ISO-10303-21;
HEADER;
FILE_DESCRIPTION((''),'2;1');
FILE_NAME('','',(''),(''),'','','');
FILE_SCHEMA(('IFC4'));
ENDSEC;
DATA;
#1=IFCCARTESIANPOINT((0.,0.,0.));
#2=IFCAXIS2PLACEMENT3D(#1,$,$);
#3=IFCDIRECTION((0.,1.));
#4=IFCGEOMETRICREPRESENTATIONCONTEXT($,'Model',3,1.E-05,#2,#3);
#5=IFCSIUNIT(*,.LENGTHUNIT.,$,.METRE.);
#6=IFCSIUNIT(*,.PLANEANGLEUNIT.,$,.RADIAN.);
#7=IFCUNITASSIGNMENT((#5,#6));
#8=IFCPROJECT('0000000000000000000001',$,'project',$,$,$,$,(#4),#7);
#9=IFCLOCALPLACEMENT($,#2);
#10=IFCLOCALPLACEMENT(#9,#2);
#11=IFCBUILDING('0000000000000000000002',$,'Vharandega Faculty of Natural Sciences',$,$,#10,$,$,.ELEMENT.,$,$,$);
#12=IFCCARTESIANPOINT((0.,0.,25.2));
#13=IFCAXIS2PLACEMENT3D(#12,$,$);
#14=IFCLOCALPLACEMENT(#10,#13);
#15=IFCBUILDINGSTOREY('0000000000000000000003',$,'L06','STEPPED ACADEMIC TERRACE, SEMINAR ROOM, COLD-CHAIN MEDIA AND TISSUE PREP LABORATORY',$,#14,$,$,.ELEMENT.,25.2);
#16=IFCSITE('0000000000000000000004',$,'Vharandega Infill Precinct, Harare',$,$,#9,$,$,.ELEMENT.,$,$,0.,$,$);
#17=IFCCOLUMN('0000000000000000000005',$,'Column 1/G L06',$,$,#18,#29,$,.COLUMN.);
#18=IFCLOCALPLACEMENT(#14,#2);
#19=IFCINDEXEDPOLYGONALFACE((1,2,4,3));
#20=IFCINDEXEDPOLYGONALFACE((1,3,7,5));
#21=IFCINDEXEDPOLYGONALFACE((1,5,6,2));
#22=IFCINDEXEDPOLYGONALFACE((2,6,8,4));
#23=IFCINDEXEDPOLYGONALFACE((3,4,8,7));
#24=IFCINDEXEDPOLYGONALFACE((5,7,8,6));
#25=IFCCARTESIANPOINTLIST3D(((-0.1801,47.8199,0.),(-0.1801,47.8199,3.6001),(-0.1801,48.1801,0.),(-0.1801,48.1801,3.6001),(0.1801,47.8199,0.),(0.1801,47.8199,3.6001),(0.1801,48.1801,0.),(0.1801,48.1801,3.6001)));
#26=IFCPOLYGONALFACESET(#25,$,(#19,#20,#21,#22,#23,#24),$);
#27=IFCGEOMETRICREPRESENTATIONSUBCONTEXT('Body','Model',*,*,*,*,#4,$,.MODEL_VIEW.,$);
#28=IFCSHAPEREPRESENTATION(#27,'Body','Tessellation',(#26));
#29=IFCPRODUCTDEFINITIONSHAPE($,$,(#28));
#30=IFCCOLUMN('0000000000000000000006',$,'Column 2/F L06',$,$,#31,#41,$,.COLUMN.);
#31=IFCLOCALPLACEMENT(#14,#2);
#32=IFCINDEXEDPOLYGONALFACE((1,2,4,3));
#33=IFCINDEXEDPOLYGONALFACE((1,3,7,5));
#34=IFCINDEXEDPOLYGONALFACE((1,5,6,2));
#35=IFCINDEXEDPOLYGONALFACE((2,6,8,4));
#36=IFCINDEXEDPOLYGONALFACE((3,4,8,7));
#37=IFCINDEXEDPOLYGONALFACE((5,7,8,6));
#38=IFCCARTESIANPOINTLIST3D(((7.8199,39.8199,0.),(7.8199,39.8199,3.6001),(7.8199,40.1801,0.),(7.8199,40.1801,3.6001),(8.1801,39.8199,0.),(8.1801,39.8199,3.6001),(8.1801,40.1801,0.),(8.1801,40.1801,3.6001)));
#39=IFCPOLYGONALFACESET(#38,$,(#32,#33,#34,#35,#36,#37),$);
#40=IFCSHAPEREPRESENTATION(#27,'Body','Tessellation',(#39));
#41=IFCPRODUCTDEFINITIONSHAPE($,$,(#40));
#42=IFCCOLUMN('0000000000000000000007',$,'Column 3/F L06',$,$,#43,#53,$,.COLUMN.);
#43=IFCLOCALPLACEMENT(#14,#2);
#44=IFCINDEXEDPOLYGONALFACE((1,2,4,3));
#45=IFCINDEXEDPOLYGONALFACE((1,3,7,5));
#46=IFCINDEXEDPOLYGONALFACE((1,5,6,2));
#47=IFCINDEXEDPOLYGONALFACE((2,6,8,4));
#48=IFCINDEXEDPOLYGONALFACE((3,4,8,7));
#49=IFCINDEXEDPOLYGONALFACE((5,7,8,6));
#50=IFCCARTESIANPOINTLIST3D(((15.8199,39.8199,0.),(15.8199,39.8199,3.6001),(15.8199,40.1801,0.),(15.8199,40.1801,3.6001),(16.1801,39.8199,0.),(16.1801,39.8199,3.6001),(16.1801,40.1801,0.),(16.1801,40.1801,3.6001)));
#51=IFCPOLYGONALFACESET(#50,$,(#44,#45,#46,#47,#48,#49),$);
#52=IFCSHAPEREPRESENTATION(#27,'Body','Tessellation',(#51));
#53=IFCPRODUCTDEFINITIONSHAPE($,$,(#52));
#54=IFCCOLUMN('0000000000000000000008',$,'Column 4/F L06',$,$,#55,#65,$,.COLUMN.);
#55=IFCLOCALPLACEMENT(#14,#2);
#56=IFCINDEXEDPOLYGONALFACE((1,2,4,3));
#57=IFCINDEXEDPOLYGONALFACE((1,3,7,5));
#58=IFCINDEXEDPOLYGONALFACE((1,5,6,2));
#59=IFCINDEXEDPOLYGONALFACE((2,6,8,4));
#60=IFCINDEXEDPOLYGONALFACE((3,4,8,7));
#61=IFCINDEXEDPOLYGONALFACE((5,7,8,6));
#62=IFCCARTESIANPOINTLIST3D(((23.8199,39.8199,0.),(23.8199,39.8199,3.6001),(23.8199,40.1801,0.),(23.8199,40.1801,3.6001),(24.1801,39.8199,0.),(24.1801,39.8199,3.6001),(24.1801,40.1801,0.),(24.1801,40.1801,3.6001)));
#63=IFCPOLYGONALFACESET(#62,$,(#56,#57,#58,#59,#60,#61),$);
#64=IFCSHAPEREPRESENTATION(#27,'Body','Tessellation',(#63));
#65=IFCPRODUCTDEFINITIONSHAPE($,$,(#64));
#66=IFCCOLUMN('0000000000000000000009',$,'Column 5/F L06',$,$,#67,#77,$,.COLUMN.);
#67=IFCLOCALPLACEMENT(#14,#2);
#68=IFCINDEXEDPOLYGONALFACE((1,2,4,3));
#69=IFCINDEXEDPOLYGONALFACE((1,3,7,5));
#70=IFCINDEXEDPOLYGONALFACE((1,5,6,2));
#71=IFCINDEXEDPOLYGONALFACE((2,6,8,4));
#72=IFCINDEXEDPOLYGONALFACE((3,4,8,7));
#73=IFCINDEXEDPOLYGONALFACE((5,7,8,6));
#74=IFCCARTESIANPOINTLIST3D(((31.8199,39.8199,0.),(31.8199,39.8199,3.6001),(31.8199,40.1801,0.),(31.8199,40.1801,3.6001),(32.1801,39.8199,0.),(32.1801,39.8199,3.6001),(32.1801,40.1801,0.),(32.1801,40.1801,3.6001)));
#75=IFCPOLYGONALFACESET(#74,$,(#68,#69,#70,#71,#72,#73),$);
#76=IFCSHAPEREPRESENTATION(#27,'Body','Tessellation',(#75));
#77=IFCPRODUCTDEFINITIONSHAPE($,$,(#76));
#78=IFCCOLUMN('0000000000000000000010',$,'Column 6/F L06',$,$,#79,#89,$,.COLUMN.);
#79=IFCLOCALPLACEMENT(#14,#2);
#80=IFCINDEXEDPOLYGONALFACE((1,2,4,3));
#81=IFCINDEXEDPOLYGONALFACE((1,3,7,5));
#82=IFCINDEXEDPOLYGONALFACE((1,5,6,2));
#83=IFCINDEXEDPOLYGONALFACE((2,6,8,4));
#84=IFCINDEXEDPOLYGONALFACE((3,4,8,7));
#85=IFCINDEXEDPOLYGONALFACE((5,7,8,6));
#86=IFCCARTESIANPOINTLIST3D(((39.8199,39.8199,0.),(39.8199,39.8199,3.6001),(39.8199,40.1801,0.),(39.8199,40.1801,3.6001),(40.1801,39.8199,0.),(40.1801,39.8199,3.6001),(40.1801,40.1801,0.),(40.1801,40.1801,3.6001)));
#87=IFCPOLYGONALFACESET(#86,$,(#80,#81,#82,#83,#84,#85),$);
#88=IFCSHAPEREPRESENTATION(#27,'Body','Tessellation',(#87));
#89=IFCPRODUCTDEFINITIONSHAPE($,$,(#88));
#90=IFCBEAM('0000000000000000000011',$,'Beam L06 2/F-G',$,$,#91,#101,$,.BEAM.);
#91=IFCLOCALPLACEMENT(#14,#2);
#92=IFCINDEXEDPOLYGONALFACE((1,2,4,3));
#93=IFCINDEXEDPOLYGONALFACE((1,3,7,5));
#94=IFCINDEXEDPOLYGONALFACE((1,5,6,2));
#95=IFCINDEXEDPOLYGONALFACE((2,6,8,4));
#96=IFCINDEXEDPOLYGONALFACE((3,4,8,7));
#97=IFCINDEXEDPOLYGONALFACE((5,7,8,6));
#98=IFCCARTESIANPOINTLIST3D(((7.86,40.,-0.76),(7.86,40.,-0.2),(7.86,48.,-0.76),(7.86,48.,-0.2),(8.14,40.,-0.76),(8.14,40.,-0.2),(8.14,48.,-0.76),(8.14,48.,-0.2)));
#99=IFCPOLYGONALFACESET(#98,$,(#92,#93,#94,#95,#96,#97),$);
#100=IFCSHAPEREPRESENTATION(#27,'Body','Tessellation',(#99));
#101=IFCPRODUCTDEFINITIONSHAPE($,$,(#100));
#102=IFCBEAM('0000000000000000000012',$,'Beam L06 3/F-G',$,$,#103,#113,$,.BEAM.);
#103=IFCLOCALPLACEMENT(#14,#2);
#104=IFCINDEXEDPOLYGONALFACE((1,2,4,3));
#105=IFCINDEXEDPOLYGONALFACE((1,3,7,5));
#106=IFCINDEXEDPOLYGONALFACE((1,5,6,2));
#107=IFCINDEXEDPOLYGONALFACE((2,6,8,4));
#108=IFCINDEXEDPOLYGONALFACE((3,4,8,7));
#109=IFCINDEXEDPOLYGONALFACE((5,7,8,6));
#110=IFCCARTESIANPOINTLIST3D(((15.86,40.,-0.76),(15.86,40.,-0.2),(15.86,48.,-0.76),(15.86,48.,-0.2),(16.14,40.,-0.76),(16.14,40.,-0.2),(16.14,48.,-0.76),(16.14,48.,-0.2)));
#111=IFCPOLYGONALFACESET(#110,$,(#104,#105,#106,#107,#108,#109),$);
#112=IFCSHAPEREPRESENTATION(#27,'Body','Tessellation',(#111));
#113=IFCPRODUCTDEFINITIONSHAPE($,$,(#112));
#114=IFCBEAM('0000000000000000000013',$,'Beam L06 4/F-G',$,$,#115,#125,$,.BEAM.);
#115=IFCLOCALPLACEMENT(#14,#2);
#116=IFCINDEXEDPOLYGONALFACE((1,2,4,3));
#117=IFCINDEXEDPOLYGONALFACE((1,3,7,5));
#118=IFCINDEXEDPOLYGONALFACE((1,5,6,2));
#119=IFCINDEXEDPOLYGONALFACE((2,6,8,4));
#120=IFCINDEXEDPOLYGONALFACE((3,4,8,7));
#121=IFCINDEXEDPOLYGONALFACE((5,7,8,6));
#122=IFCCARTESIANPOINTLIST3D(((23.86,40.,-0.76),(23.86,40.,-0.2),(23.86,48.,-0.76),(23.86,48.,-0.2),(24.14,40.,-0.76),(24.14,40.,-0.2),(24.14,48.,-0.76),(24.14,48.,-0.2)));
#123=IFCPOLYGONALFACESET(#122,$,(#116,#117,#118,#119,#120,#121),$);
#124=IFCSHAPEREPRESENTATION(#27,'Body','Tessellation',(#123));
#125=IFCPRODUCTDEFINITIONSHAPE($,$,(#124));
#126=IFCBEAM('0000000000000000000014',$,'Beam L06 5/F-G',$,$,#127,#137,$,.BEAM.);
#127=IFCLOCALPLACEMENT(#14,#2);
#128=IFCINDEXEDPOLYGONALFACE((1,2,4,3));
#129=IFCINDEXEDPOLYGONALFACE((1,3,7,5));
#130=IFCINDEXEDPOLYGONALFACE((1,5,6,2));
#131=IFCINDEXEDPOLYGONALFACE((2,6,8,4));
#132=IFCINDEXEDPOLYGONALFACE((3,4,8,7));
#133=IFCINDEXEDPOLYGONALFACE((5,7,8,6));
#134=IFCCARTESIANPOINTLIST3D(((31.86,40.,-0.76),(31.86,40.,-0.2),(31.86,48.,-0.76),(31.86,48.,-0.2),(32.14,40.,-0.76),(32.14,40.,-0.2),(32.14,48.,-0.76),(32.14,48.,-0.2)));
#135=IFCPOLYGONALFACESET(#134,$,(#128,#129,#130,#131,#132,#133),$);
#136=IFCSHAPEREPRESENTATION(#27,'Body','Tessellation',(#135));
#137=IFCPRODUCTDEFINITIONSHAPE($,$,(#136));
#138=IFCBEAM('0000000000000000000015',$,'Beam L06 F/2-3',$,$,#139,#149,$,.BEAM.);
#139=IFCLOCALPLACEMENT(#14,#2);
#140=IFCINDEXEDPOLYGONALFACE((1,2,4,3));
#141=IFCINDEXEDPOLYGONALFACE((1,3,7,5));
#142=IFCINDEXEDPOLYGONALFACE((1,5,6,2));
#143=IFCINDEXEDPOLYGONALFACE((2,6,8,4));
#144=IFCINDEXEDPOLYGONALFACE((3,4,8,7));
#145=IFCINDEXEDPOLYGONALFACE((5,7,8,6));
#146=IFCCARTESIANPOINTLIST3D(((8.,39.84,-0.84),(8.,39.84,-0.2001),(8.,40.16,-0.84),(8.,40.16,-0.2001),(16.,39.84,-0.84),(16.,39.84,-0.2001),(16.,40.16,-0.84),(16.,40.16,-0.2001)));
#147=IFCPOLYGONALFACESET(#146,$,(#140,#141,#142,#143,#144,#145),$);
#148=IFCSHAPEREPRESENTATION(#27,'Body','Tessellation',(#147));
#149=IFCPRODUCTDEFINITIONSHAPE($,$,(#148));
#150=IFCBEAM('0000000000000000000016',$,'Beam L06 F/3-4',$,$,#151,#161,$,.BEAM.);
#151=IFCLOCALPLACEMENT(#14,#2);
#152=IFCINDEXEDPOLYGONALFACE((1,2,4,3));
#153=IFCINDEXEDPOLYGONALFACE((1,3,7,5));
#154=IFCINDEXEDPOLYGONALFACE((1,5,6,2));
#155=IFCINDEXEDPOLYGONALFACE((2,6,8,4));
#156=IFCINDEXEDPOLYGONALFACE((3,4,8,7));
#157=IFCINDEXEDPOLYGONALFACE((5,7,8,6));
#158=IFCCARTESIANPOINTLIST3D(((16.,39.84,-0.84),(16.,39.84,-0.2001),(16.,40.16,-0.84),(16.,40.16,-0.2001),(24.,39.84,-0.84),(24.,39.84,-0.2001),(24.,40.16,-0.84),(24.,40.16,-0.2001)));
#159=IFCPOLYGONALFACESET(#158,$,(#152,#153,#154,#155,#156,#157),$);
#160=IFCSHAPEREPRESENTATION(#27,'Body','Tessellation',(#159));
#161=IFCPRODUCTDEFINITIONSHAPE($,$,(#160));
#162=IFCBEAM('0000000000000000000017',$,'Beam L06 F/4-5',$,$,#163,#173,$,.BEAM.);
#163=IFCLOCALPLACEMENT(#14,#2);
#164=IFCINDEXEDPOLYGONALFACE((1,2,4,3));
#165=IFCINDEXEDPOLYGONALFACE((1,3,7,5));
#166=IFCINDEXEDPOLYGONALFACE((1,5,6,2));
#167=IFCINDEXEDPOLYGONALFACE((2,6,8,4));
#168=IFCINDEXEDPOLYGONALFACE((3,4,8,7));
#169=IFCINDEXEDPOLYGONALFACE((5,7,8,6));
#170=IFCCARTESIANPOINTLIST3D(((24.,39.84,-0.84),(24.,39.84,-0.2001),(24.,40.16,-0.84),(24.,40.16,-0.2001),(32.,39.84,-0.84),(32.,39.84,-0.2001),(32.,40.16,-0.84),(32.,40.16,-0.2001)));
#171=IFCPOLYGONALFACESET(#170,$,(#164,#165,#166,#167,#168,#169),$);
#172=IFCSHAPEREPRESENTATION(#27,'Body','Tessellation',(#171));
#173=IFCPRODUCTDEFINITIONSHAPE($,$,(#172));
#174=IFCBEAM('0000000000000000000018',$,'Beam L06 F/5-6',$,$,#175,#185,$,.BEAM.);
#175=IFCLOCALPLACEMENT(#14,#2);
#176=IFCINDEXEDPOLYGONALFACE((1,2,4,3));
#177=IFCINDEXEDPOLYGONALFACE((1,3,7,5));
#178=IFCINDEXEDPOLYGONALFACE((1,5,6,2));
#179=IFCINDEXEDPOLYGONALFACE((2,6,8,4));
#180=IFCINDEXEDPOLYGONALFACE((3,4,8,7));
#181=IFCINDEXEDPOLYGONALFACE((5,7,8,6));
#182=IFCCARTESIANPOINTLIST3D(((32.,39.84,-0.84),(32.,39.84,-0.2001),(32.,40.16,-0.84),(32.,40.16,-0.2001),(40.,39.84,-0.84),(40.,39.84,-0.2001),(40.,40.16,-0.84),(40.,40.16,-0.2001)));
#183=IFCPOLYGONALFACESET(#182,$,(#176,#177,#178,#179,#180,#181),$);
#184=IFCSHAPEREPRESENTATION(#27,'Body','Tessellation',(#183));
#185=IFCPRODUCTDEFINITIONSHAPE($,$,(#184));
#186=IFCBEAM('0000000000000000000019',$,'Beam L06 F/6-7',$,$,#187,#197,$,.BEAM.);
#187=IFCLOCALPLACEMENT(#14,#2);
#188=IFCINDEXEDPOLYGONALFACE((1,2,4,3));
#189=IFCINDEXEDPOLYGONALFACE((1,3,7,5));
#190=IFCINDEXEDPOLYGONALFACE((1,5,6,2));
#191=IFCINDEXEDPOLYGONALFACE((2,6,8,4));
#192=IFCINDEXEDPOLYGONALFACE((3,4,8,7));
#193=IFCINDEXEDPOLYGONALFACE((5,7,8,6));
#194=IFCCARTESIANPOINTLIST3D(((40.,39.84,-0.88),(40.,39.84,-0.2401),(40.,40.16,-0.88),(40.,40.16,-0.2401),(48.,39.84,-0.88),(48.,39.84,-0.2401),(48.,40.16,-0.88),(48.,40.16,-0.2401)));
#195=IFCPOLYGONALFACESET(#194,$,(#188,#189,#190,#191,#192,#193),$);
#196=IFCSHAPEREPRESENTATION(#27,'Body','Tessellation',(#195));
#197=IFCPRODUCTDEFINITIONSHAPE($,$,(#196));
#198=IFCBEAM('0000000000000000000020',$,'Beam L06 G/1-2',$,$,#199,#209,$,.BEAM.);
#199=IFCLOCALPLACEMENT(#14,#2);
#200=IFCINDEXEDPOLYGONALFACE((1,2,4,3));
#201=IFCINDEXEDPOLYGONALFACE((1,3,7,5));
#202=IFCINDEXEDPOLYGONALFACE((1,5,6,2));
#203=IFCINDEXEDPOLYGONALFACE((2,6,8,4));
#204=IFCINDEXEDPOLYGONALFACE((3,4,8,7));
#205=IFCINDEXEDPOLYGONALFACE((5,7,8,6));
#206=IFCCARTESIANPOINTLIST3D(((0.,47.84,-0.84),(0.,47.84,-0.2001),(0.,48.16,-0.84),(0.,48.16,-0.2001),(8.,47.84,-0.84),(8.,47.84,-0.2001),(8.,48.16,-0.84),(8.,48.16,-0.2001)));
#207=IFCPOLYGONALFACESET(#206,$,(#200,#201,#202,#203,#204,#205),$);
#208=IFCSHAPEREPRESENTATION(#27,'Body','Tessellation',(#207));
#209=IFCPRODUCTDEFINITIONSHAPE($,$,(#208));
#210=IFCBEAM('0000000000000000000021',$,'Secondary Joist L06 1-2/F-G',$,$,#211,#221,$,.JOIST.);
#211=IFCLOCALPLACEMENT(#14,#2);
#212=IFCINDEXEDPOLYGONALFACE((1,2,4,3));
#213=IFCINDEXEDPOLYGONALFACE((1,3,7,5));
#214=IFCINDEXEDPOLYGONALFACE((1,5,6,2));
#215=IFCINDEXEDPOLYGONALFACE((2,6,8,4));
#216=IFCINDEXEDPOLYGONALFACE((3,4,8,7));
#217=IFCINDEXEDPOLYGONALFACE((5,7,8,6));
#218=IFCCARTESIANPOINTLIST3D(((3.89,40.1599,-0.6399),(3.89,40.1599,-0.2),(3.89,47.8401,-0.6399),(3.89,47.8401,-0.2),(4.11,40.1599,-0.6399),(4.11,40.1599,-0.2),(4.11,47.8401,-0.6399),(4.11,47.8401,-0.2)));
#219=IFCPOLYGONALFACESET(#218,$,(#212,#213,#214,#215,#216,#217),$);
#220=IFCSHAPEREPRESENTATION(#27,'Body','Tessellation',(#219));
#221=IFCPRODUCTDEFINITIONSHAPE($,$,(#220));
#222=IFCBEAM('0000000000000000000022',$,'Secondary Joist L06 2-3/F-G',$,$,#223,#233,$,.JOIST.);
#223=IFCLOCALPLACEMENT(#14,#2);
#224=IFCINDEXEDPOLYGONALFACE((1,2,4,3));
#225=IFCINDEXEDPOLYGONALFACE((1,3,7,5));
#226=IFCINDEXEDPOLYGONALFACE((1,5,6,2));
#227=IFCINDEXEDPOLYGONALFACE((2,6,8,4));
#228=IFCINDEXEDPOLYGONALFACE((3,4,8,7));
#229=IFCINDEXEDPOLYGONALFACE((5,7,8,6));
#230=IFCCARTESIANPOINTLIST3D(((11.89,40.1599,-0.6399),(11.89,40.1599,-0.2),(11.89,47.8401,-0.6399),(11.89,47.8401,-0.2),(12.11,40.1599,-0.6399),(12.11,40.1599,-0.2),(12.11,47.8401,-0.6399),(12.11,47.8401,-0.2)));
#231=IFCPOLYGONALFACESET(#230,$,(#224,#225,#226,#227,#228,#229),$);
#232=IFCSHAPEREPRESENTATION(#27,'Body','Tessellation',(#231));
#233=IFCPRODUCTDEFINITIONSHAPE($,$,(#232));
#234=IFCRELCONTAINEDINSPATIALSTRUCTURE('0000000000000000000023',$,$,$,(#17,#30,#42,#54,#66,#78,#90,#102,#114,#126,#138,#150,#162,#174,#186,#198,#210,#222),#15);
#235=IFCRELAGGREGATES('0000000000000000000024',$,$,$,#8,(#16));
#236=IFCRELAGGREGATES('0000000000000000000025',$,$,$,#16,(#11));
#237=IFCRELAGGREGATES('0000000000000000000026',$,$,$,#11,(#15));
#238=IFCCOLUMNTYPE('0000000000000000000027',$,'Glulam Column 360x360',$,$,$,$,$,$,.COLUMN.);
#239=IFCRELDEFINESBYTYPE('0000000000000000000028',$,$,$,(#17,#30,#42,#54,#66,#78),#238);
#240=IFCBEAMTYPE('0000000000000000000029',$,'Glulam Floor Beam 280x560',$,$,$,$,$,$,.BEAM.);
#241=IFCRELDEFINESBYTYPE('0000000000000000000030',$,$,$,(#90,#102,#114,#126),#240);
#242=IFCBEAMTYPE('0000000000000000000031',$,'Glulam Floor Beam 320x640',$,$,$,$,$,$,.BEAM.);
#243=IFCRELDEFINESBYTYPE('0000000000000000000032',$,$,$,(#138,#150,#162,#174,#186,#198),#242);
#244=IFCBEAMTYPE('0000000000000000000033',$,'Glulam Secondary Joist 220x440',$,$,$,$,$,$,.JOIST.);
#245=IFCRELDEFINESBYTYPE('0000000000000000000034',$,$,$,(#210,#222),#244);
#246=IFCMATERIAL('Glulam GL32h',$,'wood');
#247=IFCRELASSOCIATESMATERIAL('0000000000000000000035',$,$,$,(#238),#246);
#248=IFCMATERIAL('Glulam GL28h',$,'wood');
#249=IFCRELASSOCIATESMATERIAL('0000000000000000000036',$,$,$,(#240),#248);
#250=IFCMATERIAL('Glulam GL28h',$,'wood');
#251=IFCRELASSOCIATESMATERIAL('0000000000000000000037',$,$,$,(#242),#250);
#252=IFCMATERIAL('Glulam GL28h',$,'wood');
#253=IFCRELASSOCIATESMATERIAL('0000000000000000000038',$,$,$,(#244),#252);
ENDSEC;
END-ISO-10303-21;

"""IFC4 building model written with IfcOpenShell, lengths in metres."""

from ifc_helpers import new_model, si_unit, direction, frame, origin, origin_2d, place, context, subcontext, project, spatial, rectangle, extrude, material, material_profile, profile_set, type_object, element, save


model = new_model("IFC4")

# Units and contexts
model_context = context("Model", 3, precision=1e-05, world=origin(), true_north=direction((0.0, 1.0)))
body_context = subcontext(model_context, "Body", "Model", "MODEL_VIEW")
ifc_project = project(units=[si_unit("LENGTHUNIT", "METRE"), si_unit("PLANEANGLEUNIT", "RADIAN")], contexts=[model_context])

# Site, building, storey
site_placement = place(None, origin())
site = spatial("IfcSite", under=ifc_project, at=site_placement, Name="Vharandega Infill Precinct, Harare", CompositionType="ELEMENT", RefElevation=0.0)
building_placement = place(site_placement, origin())
building = spatial("IfcBuilding", under=site, at=building_placement, Name="Vharandega Faculty of Natural Sciences", CompositionType="ELEMENT")
storey_placement = place(building_placement, frame((0.0, 0.0, 25.2)))
storey = spatial("IfcBuildingStorey", under=building, at=storey_placement, Name="L06", Description="STEPPED ACADEMIC TERRACE, SEMINAR ROOM, COLD-CHAIN MEDIA AND TISSUE PREP LABORATORY", CompositionType="ELEMENT", Elevation=25.2)

# Columns
ifc_material_1 = material(Name="Glulam GL32h", Category="wood")
ifc_material_profile_1 = material_profile(ifc_material_1, rectangle(XDim=0.3601, YDim=0.3601, at=origin_2d()), Name="GL32h 360x360")
ifc_profile_set_1 = profile_set([ifc_material_profile_1], Name="Glulam GL32h")
column_type = type_object("IfcColumnType", Name="Glulam Column 360x360", PredefinedType="COLUMN", material=ifc_profile_set_1)
for number, where, z_axis, x_axis, name in (
    (1, (0.0, 48.0, 0.0), (0.0, 0.0, 1.0), (1.0, 0.0, 0.0), "Column 1/G L06"),
    (2, (8.0, 40.0, 0.0), (0.0, 0.0, 1.0), (1.0, 0.0, 0.0), "Column 2/F L06"),
    (3, (16.0, 40.0, 0.0), (0.0, 0.0, 1.0), (1.0, 0.0, 0.0), "Column 3/F L06"),
    (4, (24.0, 40.0, 0.0), (0.0, 0.0, 1.0), (1.0, 0.0, 0.0), "Column 4/F L06"),
    (5, (32.0, 40.0, 0.0), (0.0, 0.0, 1.0), (1.0, 0.0, 0.0), "Column 5/F L06"),
    (6, (40.0, 40.0, 0.0), (0.0, 0.0, 1.0), (1.0, 0.0, 0.0), "Column 6/F L06"),
):
    element("IfcColumn", number, at=place(storey_placement, frame(where, z_axis=z_axis, x_axis=x_axis)), inside=storey, type_object=column_type, Name=name, PredefinedType="COLUMN", context=body_context, shape_type="SweptSolid", body=[
        extrude(rectangle(XDim=0.3601, YDim=0.3601, at=origin_2d()), origin(), (0.0, 0.0, 1.0), 3.6001),
    ])

# Beams
ifc_material_2 = material(Name="Glulam GL28h", Category="wood")
ifc_material_profile_2 = material_profile(ifc_material_2, rectangle(XDim=0.28, YDim=0.5601, at=origin_2d()), Name="GL28h 280x560")
ifc_profile_set_2 = profile_set([ifc_material_profile_2], Name="Glulam GL28h")
beam_type_1 = type_object("IfcBeamType", Name="Glulam Floor Beam 280x560", PredefinedType="BEAM", material=ifc_profile_set_2)
for number, where, z_axis, x_axis, name in (
    (7, (8.0, 40.0, -0.48), (0.0, 1.0, 0.0), (-1.0, 0.0, 0.0), "Beam L06 2/F-G"),
    (8, (16.0, 40.0, -0.48), (0.0, 1.0, 0.0), (-1.0, 0.0, 0.0), "Beam L06 3/F-G"),
    (9, (24.0, 40.0, -0.48), (0.0, 1.0, 0.0), (-1.0, 0.0, 0.0), "Beam L06 4/F-G"),
    (10, (32.0, 40.0, -0.48), (0.0, 1.0, 0.0), (-1.0, 0.0, 0.0), "Beam L06 5/F-G"),
):
    element("IfcBeam", number, at=place(storey_placement, frame(where, z_axis=z_axis, x_axis=x_axis)), inside=storey, type_object=beam_type_1, Name=name, PredefinedType="BEAM", context=body_context, shape_type="SweptSolid", body=[
        extrude(rectangle(XDim=0.28, YDim=0.5601, at=origin_2d()), origin(), (0.0, 0.0, 1.0), 8.0),
    ])
ifc_material_3 = material(Name="Glulam GL28h", Category="wood")
ifc_material_profile_3 = material_profile(ifc_material_3, rectangle(XDim=0.3201, YDim=0.6399, at=origin_2d()), Name="GL28h 320x640")
ifc_profile_set_3 = profile_set([ifc_material_profile_3], Name="Glulam GL28h")
beam_type_2 = type_object("IfcBeamType", Name="Glulam Floor Beam 320x640", PredefinedType="BEAM", material=ifc_profile_set_3)
for number, where, z_axis, x_axis, name in (
    (11, (8.0, 40.0, -0.52), (1.0, 0.0, 0.0), (0.0, 1.0, 0.0), "Beam L06 F/2-3"),
    (12, (16.0, 40.0, -0.52), (1.0, 0.0, 0.0), (0.0, 1.0, 0.0), "Beam L06 F/3-4"),
    (13, (24.0, 40.0, -0.52), (1.0, 0.0, 0.0), (0.0, 1.0, 0.0), "Beam L06 F/4-5"),
    (14, (32.0, 40.0, -0.52), (1.0, 0.0, 0.0), (0.0, 1.0, 0.0), "Beam L06 F/5-6"),
    (15, (40.0, 40.0, -0.5601), (1.0, 0.0, 0.0), (0.0, 1.0, 0.0), "Beam L06 F/6-7"),
    (16, (0.0, 48.0, -0.52), (1.0, 0.0, 0.0), (0.0, 1.0, 0.0), "Beam L06 G/1-2"),
):
    element("IfcBeam", number, at=place(storey_placement, frame(where, z_axis=z_axis, x_axis=x_axis)), inside=storey, type_object=beam_type_2, Name=name, PredefinedType="BEAM", context=body_context, shape_type="SweptSolid", body=[
        extrude(rectangle(XDim=0.3201, YDim=0.6399, at=origin_2d()), origin(), (0.0, 0.0, 1.0), 8.0),
    ])
ifc_material_4 = material(Name="Glulam GL28h", Category="wood")
ifc_material_profile_4 = material_profile(ifc_material_4, rectangle(XDim=0.22, YDim=0.4399, at=origin_2d()), Name="GL28h 220x440")
ifc_profile_set_4 = profile_set([ifc_material_profile_4], Name="Glulam GL28h")
beam_type_3 = type_object("IfcBeamType", Name="Glulam Secondary Joist 220x440", PredefinedType="JOIST", material=ifc_profile_set_4)
for number, where, z_axis, x_axis, name in (
    (17, (4.0, 40.1599, -0.4199), (0.0, 1.0, 0.0), (-1.0, 0.0, 0.0), "Secondary Joist L06 1-2/F-G"),
    (18, (12.0, 40.1599, -0.4199), (0.0, 1.0, 0.0), (-1.0, 0.0, 0.0), "Secondary Joist L06 2-3/F-G"),
):
    element("IfcBeam", number, at=place(storey_placement, frame(where, z_axis=z_axis, x_axis=x_axis)), inside=storey, type_object=beam_type_3, Name=name, PredefinedType="JOIST", context=body_context, shape_type="SweptSolid", body=[
        extrude(rectangle(XDim=0.22, YDim=0.4399, at=origin_2d()), origin(), (0.0, 0.0, 1.0), 7.6802),
    ])

save(model, "model.ifc")
